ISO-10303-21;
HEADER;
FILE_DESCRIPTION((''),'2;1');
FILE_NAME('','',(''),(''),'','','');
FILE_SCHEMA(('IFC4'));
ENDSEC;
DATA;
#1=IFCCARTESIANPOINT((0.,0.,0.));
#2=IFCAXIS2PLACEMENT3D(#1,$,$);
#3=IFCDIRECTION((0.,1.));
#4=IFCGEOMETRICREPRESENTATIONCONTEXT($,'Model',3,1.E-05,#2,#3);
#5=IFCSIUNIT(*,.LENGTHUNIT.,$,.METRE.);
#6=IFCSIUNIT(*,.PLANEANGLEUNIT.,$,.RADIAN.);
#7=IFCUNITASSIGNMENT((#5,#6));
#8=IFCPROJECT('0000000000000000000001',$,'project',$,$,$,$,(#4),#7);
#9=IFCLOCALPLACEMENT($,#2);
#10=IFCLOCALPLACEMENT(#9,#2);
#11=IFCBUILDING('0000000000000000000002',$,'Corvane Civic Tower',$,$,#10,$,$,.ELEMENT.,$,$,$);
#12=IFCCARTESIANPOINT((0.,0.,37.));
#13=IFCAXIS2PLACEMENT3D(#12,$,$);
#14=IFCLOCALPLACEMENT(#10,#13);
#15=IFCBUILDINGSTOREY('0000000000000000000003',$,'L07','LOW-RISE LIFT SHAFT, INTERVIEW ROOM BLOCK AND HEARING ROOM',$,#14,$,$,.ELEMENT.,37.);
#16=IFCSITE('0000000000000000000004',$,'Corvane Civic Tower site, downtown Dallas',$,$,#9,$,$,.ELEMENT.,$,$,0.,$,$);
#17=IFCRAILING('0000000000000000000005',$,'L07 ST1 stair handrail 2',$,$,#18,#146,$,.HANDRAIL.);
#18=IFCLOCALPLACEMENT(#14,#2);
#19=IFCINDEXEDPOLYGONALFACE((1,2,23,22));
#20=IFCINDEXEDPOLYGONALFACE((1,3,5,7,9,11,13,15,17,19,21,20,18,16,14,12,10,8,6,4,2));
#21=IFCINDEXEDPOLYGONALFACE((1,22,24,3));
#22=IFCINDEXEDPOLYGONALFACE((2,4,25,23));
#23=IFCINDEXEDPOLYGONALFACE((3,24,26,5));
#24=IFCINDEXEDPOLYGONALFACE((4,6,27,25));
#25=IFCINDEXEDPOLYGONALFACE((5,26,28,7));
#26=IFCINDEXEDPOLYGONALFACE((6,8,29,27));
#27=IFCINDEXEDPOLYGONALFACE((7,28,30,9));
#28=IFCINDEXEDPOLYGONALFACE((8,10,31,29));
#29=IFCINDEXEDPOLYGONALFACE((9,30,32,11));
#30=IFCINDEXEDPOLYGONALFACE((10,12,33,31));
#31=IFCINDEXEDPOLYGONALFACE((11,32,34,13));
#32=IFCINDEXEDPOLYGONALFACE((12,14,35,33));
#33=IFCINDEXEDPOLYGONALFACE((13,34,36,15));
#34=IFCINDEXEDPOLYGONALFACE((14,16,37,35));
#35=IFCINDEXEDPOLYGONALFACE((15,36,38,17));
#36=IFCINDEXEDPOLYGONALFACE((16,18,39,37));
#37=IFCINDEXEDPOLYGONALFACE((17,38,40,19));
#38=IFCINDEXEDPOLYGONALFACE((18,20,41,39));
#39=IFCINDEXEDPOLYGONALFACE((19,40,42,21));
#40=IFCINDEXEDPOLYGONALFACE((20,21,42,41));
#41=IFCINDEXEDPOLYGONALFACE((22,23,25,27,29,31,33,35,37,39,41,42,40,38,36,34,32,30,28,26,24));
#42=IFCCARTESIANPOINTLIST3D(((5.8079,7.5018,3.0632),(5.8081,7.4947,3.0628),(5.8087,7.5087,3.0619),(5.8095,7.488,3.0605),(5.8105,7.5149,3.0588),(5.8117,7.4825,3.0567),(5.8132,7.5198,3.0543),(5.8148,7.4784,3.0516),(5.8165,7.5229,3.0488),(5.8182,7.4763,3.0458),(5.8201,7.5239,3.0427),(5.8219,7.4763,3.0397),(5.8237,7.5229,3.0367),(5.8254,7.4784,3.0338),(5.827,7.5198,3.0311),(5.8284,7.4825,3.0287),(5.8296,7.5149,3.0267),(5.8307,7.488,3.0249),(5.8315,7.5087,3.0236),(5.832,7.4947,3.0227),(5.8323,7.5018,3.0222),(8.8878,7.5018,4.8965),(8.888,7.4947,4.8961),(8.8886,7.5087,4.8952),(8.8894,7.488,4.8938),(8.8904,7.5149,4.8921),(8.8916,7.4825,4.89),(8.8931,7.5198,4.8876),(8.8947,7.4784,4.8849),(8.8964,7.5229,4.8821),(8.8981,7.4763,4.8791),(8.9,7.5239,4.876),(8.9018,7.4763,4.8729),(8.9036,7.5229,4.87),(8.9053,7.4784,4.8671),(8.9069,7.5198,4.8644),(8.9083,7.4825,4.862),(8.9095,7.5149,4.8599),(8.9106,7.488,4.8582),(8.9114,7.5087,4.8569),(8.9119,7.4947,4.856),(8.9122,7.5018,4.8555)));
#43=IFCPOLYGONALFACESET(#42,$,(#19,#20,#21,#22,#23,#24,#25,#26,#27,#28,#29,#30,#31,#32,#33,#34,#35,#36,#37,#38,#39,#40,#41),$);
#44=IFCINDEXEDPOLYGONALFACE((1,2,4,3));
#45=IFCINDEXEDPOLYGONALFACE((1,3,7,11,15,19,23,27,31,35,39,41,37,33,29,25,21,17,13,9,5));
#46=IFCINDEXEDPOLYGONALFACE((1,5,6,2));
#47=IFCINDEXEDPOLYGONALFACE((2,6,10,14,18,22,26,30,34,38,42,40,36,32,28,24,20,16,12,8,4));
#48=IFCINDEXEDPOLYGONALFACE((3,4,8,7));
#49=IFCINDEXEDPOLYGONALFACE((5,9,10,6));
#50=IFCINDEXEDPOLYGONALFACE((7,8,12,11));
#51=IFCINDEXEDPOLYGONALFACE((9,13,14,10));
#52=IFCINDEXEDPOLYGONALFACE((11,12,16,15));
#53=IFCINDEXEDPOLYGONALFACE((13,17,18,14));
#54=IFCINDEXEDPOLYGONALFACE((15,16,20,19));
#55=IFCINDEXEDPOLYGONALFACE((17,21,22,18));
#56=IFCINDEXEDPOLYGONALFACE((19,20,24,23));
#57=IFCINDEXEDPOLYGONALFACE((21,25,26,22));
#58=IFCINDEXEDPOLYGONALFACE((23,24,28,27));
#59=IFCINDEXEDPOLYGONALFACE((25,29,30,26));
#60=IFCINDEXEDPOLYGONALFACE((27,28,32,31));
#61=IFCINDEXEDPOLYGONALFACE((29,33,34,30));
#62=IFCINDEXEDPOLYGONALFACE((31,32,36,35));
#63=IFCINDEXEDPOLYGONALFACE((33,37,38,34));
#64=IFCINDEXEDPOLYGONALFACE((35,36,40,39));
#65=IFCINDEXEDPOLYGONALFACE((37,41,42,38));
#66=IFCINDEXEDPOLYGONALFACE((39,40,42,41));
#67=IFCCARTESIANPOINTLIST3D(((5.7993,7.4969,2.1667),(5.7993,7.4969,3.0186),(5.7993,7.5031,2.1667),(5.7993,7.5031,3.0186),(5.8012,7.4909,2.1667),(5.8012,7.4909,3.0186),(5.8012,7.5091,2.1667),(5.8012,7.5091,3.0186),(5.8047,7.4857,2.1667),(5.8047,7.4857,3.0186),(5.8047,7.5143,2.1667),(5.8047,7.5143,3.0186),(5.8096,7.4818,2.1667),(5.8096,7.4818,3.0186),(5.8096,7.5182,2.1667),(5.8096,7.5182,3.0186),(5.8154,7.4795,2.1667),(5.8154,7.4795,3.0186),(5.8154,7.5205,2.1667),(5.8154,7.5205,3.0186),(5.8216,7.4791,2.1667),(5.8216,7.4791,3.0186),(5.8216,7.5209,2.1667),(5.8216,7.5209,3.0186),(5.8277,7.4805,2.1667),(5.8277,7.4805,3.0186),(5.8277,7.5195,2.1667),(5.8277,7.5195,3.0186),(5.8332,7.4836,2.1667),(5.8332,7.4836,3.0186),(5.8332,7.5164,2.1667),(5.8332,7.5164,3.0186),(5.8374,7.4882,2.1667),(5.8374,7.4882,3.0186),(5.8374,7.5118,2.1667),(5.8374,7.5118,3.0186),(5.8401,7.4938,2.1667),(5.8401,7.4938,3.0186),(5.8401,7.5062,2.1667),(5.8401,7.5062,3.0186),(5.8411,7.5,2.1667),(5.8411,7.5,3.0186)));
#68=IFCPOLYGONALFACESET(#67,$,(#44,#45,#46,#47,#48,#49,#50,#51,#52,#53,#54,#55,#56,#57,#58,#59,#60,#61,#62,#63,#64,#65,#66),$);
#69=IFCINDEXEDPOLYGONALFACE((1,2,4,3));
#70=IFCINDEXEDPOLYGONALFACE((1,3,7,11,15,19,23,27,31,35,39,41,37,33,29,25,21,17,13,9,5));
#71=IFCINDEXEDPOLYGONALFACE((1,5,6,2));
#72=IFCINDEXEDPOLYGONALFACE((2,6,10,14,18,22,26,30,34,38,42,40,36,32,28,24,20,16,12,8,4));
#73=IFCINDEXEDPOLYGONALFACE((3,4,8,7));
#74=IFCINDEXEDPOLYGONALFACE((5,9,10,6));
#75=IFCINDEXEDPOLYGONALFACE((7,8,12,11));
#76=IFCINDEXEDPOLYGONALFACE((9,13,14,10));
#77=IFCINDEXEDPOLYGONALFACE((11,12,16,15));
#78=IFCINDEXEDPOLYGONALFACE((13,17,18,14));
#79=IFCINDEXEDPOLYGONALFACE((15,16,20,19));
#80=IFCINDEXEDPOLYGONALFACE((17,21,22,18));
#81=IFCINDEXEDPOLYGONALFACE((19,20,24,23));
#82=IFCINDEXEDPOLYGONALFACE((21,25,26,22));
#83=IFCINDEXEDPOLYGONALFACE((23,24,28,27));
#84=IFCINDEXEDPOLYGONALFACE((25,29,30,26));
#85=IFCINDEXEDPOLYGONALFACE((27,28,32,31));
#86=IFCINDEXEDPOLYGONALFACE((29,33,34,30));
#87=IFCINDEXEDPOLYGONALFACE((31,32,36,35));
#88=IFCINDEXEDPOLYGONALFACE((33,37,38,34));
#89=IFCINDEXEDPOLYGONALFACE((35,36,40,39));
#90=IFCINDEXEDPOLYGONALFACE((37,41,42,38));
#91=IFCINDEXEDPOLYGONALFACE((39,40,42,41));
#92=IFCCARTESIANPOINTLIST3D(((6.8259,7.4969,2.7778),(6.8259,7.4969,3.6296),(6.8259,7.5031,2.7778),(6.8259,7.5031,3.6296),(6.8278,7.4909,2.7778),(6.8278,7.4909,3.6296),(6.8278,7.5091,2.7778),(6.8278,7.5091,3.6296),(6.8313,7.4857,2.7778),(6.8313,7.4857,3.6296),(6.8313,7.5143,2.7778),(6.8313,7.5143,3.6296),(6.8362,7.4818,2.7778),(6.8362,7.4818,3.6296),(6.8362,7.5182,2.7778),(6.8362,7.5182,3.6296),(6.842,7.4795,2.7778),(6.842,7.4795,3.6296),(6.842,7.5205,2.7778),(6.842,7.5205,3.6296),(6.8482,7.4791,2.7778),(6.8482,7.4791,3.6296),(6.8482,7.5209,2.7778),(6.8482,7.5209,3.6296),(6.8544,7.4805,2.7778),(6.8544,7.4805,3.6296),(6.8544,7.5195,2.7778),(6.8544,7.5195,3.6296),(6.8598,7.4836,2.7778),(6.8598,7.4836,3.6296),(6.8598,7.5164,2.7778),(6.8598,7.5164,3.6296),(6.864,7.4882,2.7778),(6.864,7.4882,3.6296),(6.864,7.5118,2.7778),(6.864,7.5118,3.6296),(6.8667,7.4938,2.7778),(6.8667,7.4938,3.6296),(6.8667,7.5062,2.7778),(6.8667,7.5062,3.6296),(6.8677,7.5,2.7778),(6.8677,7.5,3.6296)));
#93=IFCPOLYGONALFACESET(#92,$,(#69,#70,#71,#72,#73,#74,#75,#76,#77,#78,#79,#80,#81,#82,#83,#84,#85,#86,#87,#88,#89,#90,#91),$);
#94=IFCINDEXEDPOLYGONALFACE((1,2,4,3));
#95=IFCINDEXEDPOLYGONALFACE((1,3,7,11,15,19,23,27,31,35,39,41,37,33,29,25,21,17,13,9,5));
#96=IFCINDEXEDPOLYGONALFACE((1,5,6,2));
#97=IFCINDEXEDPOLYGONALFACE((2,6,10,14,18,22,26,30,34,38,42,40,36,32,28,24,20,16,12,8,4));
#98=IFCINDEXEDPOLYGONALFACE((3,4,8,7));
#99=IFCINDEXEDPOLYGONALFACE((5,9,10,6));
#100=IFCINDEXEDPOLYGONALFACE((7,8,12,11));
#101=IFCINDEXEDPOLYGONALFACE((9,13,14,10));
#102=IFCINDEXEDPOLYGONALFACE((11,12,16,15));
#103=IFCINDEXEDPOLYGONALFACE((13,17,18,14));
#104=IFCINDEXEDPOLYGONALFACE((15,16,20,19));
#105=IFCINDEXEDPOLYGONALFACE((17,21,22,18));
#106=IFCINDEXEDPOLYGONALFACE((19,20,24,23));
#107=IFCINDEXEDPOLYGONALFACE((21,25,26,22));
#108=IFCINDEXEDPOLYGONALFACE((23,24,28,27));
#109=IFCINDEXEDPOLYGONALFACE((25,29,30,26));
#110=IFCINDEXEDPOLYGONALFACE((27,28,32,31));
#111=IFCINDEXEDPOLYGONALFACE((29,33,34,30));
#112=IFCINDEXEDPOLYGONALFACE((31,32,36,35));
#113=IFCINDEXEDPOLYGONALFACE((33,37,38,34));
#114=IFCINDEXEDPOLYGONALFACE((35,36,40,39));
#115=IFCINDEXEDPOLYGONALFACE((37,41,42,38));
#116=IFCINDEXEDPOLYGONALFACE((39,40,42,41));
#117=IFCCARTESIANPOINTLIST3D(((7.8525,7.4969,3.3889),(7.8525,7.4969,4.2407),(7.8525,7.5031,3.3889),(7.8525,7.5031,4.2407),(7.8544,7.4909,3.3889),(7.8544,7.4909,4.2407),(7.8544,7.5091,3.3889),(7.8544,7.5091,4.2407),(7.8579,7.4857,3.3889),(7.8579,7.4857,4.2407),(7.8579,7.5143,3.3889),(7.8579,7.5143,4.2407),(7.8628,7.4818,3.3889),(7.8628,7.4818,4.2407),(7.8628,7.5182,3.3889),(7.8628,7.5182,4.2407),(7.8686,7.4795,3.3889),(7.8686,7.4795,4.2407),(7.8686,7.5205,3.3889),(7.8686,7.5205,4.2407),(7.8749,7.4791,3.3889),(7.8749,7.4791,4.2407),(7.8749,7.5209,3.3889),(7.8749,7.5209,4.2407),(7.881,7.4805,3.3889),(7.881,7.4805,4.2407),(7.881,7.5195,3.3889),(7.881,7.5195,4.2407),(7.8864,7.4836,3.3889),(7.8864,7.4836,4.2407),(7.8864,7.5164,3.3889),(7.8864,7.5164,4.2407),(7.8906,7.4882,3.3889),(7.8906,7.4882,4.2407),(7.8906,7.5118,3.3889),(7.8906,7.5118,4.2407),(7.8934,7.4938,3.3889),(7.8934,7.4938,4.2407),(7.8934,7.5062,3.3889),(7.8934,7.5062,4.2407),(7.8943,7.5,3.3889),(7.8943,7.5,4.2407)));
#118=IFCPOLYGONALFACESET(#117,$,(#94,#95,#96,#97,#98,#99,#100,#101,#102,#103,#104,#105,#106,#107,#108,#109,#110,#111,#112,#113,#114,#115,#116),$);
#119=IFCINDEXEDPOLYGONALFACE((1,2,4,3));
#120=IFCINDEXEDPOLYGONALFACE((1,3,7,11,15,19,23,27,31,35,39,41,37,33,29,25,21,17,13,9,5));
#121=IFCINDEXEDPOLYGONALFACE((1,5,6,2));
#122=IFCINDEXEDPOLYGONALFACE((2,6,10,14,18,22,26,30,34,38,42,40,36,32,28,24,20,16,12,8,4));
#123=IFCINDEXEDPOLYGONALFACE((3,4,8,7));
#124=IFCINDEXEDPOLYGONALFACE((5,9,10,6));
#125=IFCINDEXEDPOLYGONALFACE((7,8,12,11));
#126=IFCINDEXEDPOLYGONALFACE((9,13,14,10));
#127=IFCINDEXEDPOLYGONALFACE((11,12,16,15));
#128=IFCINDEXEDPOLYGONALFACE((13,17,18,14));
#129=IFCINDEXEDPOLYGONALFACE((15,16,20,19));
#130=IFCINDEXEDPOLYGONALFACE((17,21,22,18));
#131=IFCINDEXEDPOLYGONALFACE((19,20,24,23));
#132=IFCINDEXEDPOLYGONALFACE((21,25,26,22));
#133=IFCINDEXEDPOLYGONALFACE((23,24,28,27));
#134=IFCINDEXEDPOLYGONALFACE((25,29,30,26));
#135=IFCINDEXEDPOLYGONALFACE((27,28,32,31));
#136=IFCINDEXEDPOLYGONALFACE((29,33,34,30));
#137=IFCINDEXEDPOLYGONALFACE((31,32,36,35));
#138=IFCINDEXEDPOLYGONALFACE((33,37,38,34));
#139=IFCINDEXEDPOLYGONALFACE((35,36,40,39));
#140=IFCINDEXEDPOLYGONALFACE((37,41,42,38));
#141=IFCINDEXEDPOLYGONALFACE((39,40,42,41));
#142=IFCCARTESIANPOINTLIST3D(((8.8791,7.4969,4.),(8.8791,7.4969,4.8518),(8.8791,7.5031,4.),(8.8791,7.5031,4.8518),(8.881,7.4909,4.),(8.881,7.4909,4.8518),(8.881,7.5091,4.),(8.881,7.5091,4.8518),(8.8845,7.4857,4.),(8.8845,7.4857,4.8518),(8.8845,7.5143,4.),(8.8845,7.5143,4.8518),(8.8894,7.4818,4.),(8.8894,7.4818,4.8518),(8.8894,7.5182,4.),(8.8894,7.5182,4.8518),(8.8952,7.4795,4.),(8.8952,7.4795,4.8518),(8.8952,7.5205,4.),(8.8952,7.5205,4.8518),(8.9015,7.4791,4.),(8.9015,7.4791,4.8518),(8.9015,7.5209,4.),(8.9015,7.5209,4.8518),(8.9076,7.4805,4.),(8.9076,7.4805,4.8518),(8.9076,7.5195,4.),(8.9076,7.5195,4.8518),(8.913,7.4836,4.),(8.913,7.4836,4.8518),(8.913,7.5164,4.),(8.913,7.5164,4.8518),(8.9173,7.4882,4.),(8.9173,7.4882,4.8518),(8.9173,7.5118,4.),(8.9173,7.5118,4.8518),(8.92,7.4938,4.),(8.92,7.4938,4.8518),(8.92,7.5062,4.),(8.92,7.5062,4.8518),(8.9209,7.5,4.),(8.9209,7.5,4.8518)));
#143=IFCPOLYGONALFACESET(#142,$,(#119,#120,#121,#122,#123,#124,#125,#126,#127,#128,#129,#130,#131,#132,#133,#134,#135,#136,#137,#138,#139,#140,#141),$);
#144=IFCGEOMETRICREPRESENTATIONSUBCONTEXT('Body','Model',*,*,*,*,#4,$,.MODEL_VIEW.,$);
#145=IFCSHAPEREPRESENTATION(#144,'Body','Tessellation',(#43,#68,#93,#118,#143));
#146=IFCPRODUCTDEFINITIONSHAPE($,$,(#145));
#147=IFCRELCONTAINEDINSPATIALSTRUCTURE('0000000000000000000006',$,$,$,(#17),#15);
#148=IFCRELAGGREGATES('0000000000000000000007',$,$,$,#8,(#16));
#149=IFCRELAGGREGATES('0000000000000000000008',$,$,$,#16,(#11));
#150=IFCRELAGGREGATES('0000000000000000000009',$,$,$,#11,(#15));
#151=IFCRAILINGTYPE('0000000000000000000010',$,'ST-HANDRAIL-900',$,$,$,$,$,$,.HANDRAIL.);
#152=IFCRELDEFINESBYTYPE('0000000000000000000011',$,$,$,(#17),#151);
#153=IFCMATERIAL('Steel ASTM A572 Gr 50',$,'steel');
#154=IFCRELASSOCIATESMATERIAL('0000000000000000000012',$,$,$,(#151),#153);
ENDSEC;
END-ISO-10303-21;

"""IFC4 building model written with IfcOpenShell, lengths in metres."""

from ifc_helpers import new_model, si_unit, direction, frame, origin, origin_2d, place, context, subcontext, project, spatial, circle, extrude, material, type_object, element, save


model = new_model("IFC4")

# Units and contexts
model_context = context("Model", 3, precision=1e-05, world=origin(), true_north=direction((0.0, 1.0)))
body_context = subcontext(model_context, "Body", "Model", "MODEL_VIEW")
ifc_project = project(units=[si_unit("LENGTHUNIT", "METRE"), si_unit("PLANEANGLEUNIT", "RADIAN")], contexts=[model_context])

# Site, building, storey
site_placement = place(None, origin())
site = spatial("IfcSite", under=ifc_project, at=site_placement, Name="Corvane Civic Tower site, downtown Dallas", CompositionType="ELEMENT", RefElevation=0.0)
building_placement = place(site_placement, origin())
building = spatial("IfcBuilding", under=site, at=building_placement, Name="Corvane Civic Tower", CompositionType="ELEMENT")
storey_placement = place(building_placement, frame((0.0, 0.0, 37.0)))
storey = spatial("IfcBuildingStorey", under=building, at=storey_placement, Name="L07", Description="LOW-RISE LIFT SHAFT, INTERVIEW ROOM BLOCK AND HEARING ROOM", CompositionType="ELEMENT", Elevation=37.0)

# Railing
ifc_material_1 = material(Name="Steel ASTM A572 Gr 50", Category="steel")
railing_type_1 = type_object("IfcRailingType", Name="ST-HANDRAIL-900", PredefinedType="HANDRAIL", material=ifc_material_1)
railing_1_placement = place(storey_placement, frame((5.8201, 7.5, 2.1667)))
element("IfcRailing", 1, at=railing_1_placement, inside=storey, type_object=railing_type_1, Name="L07 ST1 stair handrail 2", PredefinedType="HANDRAIL", context=body_context, shape_type="SweptSolid", body=[
    extrude(circle(Radius=0.0239, at=origin_2d()), frame((0.0, 0.0, 0.876), z_axis=(0.859291, 0.0, 0.511487), x_axis=(0.0, 1.0, 0.0)), (0.0, 0.0, 1.0), 3.5842),
    extrude(circle(Radius=0.021, at=origin_2d()), origin(), (0.0, 0.0, 1.0), 0.8518),
    extrude(circle(Radius=0.021, at=origin_2d()), frame((1.0266, 0.0, 0.6111)), (0.0, 0.0, 1.0), 0.8518),
    extrude(circle(Radius=0.021, at=origin_2d()), frame((2.0532, 0.0, 1.2222)), (0.0, 0.0, 1.0), 0.8518),
    extrude(circle(Radius=0.021, at=origin_2d()), frame((3.0798, 0.0, 1.8333)), (0.0, 0.0, 1.0), 0.8518),
])

save(model, "model.ifc")
